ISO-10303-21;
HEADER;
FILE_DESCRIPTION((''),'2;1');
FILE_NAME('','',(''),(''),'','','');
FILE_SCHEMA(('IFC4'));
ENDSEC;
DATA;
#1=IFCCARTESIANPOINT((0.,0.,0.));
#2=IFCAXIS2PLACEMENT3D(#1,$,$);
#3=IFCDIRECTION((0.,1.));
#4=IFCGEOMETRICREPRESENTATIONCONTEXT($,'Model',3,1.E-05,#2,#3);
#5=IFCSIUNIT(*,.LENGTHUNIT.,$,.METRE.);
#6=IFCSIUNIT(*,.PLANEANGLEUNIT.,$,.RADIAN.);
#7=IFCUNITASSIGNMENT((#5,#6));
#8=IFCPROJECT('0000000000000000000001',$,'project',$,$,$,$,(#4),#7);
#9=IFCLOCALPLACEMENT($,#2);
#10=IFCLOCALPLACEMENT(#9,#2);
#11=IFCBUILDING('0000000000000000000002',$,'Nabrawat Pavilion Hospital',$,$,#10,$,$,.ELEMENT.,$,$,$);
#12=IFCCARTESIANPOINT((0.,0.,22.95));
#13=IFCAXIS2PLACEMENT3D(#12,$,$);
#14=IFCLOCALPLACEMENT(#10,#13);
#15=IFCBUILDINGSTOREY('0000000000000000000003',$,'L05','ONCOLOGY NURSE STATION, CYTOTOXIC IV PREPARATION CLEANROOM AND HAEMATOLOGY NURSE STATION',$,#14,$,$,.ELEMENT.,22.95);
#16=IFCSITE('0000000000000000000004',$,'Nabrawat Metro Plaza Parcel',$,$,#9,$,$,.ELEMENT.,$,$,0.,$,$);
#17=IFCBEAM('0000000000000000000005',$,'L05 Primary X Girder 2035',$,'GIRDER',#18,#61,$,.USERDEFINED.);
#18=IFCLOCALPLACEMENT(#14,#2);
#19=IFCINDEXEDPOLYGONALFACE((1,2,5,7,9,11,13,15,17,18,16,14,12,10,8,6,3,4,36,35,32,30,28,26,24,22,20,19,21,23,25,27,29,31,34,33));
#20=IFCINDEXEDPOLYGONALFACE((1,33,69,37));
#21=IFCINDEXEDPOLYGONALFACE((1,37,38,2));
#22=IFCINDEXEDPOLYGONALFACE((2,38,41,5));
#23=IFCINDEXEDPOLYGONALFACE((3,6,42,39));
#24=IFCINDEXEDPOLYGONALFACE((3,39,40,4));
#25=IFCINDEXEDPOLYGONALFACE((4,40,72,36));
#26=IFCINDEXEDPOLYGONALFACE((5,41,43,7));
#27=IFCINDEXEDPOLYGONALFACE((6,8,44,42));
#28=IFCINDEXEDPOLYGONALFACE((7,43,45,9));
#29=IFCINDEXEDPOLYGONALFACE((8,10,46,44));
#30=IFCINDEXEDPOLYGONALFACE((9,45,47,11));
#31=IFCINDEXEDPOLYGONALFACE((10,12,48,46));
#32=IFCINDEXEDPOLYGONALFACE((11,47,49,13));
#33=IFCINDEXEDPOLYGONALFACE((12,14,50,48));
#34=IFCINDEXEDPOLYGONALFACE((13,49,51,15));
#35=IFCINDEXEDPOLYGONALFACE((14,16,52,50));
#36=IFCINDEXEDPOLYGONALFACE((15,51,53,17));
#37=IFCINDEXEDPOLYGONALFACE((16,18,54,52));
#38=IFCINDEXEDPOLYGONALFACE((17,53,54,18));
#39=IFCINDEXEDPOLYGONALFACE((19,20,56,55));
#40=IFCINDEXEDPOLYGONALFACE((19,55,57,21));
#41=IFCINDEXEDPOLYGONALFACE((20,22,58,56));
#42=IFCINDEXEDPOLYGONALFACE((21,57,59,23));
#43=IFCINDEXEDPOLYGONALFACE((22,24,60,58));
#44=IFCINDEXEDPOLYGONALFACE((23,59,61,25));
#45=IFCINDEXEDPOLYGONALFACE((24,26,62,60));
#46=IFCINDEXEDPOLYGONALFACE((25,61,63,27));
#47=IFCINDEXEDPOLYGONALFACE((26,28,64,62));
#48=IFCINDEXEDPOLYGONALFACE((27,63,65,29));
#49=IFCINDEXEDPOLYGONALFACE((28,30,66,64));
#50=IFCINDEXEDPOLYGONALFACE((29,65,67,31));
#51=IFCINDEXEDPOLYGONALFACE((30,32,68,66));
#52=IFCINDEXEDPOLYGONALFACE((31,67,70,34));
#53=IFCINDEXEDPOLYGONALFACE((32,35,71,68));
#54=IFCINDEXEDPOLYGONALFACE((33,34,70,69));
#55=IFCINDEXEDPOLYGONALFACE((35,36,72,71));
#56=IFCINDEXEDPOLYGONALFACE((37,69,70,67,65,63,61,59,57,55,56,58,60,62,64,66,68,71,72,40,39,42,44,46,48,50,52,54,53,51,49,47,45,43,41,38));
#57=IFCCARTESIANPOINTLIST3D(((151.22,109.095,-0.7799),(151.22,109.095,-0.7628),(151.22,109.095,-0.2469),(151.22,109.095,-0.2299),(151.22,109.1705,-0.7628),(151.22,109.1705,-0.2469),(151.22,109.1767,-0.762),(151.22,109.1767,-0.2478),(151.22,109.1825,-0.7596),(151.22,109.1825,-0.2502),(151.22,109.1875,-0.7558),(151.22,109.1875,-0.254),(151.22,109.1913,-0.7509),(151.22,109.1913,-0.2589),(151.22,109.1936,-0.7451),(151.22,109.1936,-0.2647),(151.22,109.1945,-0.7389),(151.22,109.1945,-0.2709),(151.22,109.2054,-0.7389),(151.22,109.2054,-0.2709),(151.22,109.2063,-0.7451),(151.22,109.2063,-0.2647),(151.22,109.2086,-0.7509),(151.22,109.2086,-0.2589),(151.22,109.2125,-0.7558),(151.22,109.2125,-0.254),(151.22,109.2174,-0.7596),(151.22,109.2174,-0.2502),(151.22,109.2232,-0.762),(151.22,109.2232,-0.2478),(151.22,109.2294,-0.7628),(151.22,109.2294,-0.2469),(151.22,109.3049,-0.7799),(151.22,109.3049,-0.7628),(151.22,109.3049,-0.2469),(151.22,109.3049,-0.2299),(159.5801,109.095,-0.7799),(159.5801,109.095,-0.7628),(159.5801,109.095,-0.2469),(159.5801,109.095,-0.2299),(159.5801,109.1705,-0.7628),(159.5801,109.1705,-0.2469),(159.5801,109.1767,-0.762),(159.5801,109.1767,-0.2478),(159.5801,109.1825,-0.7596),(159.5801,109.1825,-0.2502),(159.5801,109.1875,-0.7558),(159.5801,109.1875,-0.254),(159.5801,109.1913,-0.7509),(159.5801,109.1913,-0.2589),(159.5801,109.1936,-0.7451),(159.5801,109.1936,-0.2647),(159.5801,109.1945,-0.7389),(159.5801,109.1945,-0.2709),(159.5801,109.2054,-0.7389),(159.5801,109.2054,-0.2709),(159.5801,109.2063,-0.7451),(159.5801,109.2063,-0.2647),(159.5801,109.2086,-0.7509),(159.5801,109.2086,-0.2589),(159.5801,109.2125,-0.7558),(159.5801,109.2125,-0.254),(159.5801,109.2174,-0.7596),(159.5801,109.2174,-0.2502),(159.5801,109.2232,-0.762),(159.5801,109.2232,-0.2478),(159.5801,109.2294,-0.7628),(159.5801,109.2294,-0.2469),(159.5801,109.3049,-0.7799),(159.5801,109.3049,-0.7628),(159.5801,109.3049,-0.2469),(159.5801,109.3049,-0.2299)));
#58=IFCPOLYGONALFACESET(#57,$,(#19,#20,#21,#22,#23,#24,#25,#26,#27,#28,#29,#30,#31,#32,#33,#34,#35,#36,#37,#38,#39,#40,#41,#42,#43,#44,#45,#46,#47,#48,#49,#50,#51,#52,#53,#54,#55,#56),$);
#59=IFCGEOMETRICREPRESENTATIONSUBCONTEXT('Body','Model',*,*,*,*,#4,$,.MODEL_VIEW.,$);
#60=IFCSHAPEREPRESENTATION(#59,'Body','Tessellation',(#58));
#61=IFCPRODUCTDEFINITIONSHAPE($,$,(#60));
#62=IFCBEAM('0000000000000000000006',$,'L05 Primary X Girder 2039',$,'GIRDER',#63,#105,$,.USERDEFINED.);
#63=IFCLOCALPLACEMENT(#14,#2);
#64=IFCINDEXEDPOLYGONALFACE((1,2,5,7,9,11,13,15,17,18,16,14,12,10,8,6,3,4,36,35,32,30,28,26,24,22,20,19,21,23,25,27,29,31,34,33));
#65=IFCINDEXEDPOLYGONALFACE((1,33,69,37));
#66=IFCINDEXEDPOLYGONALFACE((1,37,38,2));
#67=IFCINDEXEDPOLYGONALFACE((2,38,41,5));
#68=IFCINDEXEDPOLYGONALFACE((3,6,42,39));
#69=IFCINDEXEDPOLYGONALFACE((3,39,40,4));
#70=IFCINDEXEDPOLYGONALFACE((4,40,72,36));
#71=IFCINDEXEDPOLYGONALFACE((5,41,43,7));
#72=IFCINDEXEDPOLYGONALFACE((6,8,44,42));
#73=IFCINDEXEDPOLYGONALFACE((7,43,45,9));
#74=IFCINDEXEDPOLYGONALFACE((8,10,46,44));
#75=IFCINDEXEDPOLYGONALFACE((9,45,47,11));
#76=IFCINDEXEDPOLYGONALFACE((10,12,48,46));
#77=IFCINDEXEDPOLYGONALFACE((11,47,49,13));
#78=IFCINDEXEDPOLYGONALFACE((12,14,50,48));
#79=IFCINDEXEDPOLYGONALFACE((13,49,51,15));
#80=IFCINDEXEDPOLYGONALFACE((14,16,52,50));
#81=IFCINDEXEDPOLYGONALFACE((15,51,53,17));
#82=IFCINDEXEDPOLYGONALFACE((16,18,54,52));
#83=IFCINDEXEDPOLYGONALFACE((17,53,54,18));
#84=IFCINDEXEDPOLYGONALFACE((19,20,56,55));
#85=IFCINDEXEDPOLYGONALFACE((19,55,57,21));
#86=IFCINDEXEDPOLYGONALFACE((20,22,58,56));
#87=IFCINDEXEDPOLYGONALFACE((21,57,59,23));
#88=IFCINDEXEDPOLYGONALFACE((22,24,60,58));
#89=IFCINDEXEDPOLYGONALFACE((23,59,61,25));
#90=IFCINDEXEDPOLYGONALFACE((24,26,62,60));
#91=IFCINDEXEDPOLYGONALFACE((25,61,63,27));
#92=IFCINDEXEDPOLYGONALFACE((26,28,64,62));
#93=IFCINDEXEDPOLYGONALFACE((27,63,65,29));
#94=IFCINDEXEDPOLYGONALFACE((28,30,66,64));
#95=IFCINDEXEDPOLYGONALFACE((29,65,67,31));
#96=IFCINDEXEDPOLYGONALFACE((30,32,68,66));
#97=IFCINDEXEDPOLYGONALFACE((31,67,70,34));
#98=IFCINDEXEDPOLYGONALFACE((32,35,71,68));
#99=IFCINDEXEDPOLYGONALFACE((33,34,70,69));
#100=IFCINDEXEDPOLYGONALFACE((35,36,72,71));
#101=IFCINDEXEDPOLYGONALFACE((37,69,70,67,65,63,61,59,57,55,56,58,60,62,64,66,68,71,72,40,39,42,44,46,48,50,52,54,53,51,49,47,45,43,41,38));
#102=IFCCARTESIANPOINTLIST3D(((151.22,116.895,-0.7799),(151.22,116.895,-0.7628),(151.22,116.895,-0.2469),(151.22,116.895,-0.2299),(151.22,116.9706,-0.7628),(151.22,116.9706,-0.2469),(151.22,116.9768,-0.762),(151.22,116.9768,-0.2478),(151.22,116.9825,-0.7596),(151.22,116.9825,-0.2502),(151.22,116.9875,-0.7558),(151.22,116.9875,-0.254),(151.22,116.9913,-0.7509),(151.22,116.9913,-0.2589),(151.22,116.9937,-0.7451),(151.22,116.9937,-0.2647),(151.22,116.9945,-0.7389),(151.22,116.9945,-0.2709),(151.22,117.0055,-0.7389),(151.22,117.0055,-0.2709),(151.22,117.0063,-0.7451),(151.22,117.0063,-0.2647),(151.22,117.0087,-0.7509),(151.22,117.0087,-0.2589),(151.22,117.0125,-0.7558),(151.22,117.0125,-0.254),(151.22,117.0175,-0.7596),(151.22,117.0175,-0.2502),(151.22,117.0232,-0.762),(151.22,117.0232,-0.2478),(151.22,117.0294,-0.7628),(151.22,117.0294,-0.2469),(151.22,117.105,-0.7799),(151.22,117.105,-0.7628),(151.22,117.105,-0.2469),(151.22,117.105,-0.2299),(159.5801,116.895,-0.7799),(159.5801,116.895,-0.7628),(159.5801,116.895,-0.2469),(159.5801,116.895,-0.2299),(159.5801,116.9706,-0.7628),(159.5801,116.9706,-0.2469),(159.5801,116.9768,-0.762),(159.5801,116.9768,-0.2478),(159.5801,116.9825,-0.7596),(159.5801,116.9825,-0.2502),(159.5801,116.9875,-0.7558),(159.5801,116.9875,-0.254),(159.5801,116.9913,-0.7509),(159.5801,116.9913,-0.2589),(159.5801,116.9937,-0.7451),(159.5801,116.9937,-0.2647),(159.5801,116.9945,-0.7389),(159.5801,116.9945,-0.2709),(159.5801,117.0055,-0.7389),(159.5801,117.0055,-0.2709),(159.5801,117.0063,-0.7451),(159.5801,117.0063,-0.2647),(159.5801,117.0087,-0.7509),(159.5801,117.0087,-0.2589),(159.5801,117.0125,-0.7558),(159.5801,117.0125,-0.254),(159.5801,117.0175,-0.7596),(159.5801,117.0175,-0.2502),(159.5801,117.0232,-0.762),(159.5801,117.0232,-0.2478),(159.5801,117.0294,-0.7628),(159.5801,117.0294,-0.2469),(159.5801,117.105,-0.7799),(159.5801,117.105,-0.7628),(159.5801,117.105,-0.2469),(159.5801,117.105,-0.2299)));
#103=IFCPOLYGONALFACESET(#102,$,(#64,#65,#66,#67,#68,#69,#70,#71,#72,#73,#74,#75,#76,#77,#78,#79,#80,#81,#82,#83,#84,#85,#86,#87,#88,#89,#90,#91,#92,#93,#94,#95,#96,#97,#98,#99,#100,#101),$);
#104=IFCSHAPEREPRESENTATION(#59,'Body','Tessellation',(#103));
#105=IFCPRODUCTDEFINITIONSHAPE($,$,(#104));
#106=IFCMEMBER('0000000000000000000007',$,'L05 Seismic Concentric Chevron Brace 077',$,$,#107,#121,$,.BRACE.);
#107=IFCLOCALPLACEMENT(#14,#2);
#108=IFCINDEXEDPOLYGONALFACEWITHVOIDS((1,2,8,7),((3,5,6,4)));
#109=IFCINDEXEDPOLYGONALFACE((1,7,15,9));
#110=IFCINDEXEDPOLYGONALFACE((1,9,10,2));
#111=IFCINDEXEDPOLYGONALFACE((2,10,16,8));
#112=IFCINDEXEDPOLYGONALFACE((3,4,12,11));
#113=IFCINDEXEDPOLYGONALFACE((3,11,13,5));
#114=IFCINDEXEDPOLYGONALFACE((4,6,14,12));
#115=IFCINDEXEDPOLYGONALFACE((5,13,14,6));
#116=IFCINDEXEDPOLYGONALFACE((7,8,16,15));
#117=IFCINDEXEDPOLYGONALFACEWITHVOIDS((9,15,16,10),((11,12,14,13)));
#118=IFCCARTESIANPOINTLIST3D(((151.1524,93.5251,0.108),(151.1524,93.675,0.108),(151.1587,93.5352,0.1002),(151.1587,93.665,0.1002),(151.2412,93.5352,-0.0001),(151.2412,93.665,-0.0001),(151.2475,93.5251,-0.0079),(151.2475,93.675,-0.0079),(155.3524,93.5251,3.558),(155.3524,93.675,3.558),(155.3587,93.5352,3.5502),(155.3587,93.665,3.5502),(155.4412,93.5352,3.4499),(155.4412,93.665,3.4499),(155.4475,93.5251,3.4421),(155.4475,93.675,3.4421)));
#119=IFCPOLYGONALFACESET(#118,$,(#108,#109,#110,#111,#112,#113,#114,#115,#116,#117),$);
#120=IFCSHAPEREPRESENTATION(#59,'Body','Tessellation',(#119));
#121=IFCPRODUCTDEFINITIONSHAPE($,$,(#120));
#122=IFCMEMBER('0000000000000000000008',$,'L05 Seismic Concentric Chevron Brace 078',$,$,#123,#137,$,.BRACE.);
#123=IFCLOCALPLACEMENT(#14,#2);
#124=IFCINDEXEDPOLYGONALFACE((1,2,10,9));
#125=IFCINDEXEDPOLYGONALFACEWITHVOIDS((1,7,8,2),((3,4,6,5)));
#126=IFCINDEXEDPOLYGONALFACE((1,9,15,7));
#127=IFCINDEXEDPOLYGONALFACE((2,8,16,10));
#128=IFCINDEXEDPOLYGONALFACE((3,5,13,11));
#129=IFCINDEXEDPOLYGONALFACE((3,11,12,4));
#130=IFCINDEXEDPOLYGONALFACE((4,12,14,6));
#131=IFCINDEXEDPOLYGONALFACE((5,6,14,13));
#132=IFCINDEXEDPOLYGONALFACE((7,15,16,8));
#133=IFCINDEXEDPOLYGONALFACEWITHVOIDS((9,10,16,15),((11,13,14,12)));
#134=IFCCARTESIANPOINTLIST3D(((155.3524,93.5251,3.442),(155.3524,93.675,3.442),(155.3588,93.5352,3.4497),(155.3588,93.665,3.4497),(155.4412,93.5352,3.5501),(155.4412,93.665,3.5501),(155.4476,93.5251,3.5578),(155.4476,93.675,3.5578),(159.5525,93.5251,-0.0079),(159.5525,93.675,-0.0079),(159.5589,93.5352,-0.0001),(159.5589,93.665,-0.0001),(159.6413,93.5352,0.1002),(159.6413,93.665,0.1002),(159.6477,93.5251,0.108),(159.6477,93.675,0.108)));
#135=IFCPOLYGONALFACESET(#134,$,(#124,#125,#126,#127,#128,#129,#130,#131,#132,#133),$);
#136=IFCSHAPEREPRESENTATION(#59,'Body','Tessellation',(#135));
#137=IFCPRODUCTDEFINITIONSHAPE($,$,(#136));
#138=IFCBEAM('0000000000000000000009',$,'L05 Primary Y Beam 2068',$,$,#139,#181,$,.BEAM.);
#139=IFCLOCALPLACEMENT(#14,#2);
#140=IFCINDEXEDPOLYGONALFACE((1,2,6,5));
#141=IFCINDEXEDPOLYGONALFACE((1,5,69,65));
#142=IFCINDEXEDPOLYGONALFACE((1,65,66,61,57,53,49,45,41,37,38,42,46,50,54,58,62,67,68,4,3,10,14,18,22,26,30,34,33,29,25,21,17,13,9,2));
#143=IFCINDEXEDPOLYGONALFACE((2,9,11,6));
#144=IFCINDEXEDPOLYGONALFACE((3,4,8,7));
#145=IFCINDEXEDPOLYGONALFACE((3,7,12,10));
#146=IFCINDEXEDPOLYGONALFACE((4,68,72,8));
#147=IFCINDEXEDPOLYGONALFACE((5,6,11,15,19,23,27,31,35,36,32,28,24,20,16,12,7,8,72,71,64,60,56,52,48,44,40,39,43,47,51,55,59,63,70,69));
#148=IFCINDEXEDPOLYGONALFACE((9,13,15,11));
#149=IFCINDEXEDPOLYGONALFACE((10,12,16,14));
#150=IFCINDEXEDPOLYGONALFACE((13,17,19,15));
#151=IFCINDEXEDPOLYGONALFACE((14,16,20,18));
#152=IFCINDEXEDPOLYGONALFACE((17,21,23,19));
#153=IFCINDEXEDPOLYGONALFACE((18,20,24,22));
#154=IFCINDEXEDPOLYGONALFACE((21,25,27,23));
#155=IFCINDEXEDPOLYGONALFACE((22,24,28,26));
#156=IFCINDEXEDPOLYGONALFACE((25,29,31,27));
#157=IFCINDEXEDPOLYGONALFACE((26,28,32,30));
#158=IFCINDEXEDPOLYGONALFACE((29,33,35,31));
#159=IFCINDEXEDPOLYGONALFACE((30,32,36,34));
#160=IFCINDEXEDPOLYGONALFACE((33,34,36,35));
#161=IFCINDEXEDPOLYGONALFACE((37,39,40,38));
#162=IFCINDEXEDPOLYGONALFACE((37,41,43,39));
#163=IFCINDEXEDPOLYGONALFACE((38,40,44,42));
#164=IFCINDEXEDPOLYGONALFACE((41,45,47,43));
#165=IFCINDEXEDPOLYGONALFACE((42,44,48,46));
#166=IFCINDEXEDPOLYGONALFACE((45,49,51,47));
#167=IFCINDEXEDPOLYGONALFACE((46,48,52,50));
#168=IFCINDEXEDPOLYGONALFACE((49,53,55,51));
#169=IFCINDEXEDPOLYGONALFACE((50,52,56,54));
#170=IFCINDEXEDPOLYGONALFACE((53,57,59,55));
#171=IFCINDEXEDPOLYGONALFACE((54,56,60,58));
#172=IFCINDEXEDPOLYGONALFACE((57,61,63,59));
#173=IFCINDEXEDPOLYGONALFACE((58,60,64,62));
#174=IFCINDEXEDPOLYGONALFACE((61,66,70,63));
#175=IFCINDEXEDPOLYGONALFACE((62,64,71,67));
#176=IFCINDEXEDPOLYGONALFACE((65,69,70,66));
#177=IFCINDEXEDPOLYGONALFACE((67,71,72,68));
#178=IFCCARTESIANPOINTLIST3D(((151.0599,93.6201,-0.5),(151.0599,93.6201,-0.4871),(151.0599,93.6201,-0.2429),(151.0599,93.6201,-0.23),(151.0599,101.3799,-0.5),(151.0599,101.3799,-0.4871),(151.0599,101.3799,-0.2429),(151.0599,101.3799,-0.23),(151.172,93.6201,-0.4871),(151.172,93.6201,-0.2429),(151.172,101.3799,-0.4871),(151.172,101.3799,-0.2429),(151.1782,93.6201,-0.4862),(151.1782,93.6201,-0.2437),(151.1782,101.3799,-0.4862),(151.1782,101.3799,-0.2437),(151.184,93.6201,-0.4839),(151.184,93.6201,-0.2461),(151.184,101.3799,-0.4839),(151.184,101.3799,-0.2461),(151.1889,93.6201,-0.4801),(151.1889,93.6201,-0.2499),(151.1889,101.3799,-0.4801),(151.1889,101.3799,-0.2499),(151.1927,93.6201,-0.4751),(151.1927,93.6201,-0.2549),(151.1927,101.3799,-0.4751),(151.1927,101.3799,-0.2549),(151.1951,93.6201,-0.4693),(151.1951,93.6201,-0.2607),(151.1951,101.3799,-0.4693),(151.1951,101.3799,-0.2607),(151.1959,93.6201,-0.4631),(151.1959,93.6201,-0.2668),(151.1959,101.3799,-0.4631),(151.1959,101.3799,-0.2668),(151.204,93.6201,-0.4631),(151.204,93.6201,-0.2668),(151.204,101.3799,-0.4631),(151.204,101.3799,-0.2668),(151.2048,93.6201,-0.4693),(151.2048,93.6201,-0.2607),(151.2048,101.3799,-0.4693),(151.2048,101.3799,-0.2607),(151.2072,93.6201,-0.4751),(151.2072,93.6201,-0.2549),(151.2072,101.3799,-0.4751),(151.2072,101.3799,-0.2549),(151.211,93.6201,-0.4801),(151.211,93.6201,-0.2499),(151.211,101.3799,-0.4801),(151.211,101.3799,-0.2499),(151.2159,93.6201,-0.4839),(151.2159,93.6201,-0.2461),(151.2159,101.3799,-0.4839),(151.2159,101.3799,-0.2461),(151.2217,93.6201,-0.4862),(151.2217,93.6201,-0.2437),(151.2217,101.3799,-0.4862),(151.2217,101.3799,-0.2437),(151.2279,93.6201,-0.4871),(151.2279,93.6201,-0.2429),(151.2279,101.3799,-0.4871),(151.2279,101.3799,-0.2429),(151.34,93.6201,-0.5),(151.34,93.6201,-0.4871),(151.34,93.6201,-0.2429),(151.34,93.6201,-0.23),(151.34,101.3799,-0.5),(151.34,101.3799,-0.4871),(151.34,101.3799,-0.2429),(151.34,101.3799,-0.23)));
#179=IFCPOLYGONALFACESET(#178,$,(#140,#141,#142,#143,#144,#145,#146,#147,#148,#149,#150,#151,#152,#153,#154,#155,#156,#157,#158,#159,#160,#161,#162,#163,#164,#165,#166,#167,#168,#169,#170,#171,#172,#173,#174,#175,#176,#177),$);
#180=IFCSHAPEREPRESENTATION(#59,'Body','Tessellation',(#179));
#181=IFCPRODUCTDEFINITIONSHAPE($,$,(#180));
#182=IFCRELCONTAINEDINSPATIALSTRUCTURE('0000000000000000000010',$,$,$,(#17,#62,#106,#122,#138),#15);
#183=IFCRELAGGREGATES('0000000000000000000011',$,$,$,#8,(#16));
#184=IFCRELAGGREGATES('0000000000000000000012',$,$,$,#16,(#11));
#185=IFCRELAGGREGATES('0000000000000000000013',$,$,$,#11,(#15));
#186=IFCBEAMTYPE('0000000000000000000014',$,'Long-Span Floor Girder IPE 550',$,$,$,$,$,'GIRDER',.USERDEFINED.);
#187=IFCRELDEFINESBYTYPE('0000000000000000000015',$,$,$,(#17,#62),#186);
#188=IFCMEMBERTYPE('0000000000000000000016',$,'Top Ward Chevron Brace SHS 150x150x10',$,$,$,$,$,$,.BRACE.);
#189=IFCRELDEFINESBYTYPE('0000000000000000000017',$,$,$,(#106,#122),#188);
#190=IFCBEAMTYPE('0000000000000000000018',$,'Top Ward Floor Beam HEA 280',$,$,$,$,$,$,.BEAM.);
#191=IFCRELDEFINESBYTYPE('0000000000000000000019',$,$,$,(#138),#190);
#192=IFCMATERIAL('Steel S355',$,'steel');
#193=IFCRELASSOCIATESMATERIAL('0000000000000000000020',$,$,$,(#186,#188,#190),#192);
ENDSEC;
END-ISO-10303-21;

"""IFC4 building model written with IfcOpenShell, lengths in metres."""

from ifc_helpers import new_model, si_unit, direction, frame, origin, origin_2d, place, context, subcontext, project, spatial, hollow_rectangle, i_section, extrude, material, material_profile, profile_set, type_object, element, save


model = new_model("IFC4")

# Units and contexts
model_context = context("Model", 3, precision=1e-05, world=origin(), true_north=direction((0.0, 1.0)))
body_context = subcontext(model_context, "Body", "Model", "MODEL_VIEW")
ifc_project = project(units=[si_unit("LENGTHUNIT", "METRE"), si_unit("PLANEANGLEUNIT", "RADIAN")], contexts=[model_context])

# Site, building, storey
site_placement = place(None, origin())
site = spatial("IfcSite", under=ifc_project, at=site_placement, Name="Nabrawat Metro Plaza Parcel", CompositionType="ELEMENT", RefElevation=0.0)
building_placement = place(site_placement, origin())
building = spatial("IfcBuilding", under=site, at=building_placement, Name="Nabrawat Pavilion Hospital", CompositionType="ELEMENT")
storey_placement = place(building_placement, frame((0.0, 0.0, 22.95)))
storey = spatial("IfcBuildingStorey", under=building, at=storey_placement, Name="L05", Description="ONCOLOGY NURSE STATION, CYTOTOXIC IV PREPARATION CLEANROOM AND HAEMATOLOGY NURSE STATION", CompositionType="ELEMENT", Elevation=22.95)

# Beams
ifc_material_1 = material(Name="Steel S355", Category="steel")
ifc_material_profile_1 = material_profile(ifc_material_1, i_section(OverallWidth=0.21, OverallDepth=0.55, WebThickness=0.011, FlangeThickness=0.0171, FilletRadius=0.0239, at=origin_2d()), Name="IPE 550")
ifc_profile_set_1 = profile_set([ifc_material_profile_1], Name="Steel S355")
beam_type_1 = type_object("IfcBeamType", Name="Long-Span Floor Girder IPE 550", ElementType="GIRDER", PredefinedType="USERDEFINED", material=ifc_profile_set_1)
for number, where, z_axis, x_axis, name in (
    (1, (151.22, 109.2, -0.5049), (1.0, 0.0, 0.0), (0.0, 1.0, 0.0), "L05 Primary X Girder 2035"),
    (2, (151.22, 117.0, -0.5049), (1.0, 0.0, 0.0), (0.0, 1.0, 0.0), "L05 Primary X Girder 2039"),
):
    element("IfcBeam", number, at=place(storey_placement, frame(where, z_axis=z_axis, x_axis=x_axis)), inside=storey, type_object=beam_type_1, Name=name, ObjectType="GIRDER", PredefinedType="USERDEFINED", context=body_context, shape_type="SweptSolid", body=[
        extrude(i_section(OverallWidth=0.21, OverallDepth=0.55, WebThickness=0.011, FlangeThickness=0.0171, FilletRadius=0.0239, at=origin_2d()), origin(), (0.0, 0.0, 1.0), 8.3601),
    ])

# Members
ifc_material_profile_2 = material_profile(ifc_material_1, hollow_rectangle(XDim=0.1499, YDim=0.1499, WallThickness=0.01, at=origin_2d()), Name="SHS 150x150x10")
ifc_profile_set_2 = profile_set([ifc_material_profile_2], Name="Steel S355")
member_type = type_object("IfcMemberType", Name="Top Ward Chevron Brace SHS 150x150x10", PredefinedType="BRACE", material=ifc_profile_set_2)
for number, where, z_axis, x_axis, name in (
    (3, (151.2, 93.6001, 0.05), (0.772727, 0.0, 0.634738), (0.0, 1.0, 0.0), "L05 Seismic Concentric Chevron Brace 077"),
    (4, (159.6001, 93.6001, 0.05), (-0.772745, 0.0, 0.634716), (0.0, -1.0, 0.0), "L05 Seismic Concentric Chevron Brace 078"),
):
    element("IfcMember", number, at=place(storey_placement, frame(where, z_axis=z_axis, x_axis=x_axis)), inside=storey, type_object=member_type, Name=name, PredefinedType="BRACE", context=body_context, shape_type="SweptSolid", body=[
        extrude(hollow_rectangle(XDim=0.1499, YDim=0.1499, WallThickness=0.01, at=origin_2d()), origin(), (0.0, 0.0, 1.0), 5.4353),
    ])

# Beam
ifc_material_profile_3 = material_profile(ifc_material_1, i_section(OverallWidth=0.28, OverallDepth=0.27, WebThickness=0.0081, FlangeThickness=0.0129, FilletRadius=0.0239, at=origin_2d()), Name="HEA 280")
ifc_profile_set_3 = profile_set([ifc_material_profile_3], Name="Steel S355")
beam_type_2 = type_object("IfcBeamType", Name="Top Ward Floor Beam HEA 280", PredefinedType="BEAM", material=ifc_profile_set_3)
beam_1_placement = place(storey_placement, frame((151.2, 93.6201, -0.365), z_axis=(0.0, 1.0, 0.0), x_axis=(-1.0, 0.0, 0.0)))
element("IfcBeam", 5, at=beam_1_placement, inside=storey, type_object=beam_type_2, Name="L05 Primary Y Beam 2068", PredefinedType="BEAM", context=body_context, shape_type="SweptSolid", body=[
    extrude(i_section(OverallWidth=0.28, OverallDepth=0.27, WebThickness=0.0081, FlangeThickness=0.0129, FilletRadius=0.0239, at=origin_2d()), origin(), (0.0, 0.0, 1.0), 7.7598),
])

save(model, "model.ifc")
